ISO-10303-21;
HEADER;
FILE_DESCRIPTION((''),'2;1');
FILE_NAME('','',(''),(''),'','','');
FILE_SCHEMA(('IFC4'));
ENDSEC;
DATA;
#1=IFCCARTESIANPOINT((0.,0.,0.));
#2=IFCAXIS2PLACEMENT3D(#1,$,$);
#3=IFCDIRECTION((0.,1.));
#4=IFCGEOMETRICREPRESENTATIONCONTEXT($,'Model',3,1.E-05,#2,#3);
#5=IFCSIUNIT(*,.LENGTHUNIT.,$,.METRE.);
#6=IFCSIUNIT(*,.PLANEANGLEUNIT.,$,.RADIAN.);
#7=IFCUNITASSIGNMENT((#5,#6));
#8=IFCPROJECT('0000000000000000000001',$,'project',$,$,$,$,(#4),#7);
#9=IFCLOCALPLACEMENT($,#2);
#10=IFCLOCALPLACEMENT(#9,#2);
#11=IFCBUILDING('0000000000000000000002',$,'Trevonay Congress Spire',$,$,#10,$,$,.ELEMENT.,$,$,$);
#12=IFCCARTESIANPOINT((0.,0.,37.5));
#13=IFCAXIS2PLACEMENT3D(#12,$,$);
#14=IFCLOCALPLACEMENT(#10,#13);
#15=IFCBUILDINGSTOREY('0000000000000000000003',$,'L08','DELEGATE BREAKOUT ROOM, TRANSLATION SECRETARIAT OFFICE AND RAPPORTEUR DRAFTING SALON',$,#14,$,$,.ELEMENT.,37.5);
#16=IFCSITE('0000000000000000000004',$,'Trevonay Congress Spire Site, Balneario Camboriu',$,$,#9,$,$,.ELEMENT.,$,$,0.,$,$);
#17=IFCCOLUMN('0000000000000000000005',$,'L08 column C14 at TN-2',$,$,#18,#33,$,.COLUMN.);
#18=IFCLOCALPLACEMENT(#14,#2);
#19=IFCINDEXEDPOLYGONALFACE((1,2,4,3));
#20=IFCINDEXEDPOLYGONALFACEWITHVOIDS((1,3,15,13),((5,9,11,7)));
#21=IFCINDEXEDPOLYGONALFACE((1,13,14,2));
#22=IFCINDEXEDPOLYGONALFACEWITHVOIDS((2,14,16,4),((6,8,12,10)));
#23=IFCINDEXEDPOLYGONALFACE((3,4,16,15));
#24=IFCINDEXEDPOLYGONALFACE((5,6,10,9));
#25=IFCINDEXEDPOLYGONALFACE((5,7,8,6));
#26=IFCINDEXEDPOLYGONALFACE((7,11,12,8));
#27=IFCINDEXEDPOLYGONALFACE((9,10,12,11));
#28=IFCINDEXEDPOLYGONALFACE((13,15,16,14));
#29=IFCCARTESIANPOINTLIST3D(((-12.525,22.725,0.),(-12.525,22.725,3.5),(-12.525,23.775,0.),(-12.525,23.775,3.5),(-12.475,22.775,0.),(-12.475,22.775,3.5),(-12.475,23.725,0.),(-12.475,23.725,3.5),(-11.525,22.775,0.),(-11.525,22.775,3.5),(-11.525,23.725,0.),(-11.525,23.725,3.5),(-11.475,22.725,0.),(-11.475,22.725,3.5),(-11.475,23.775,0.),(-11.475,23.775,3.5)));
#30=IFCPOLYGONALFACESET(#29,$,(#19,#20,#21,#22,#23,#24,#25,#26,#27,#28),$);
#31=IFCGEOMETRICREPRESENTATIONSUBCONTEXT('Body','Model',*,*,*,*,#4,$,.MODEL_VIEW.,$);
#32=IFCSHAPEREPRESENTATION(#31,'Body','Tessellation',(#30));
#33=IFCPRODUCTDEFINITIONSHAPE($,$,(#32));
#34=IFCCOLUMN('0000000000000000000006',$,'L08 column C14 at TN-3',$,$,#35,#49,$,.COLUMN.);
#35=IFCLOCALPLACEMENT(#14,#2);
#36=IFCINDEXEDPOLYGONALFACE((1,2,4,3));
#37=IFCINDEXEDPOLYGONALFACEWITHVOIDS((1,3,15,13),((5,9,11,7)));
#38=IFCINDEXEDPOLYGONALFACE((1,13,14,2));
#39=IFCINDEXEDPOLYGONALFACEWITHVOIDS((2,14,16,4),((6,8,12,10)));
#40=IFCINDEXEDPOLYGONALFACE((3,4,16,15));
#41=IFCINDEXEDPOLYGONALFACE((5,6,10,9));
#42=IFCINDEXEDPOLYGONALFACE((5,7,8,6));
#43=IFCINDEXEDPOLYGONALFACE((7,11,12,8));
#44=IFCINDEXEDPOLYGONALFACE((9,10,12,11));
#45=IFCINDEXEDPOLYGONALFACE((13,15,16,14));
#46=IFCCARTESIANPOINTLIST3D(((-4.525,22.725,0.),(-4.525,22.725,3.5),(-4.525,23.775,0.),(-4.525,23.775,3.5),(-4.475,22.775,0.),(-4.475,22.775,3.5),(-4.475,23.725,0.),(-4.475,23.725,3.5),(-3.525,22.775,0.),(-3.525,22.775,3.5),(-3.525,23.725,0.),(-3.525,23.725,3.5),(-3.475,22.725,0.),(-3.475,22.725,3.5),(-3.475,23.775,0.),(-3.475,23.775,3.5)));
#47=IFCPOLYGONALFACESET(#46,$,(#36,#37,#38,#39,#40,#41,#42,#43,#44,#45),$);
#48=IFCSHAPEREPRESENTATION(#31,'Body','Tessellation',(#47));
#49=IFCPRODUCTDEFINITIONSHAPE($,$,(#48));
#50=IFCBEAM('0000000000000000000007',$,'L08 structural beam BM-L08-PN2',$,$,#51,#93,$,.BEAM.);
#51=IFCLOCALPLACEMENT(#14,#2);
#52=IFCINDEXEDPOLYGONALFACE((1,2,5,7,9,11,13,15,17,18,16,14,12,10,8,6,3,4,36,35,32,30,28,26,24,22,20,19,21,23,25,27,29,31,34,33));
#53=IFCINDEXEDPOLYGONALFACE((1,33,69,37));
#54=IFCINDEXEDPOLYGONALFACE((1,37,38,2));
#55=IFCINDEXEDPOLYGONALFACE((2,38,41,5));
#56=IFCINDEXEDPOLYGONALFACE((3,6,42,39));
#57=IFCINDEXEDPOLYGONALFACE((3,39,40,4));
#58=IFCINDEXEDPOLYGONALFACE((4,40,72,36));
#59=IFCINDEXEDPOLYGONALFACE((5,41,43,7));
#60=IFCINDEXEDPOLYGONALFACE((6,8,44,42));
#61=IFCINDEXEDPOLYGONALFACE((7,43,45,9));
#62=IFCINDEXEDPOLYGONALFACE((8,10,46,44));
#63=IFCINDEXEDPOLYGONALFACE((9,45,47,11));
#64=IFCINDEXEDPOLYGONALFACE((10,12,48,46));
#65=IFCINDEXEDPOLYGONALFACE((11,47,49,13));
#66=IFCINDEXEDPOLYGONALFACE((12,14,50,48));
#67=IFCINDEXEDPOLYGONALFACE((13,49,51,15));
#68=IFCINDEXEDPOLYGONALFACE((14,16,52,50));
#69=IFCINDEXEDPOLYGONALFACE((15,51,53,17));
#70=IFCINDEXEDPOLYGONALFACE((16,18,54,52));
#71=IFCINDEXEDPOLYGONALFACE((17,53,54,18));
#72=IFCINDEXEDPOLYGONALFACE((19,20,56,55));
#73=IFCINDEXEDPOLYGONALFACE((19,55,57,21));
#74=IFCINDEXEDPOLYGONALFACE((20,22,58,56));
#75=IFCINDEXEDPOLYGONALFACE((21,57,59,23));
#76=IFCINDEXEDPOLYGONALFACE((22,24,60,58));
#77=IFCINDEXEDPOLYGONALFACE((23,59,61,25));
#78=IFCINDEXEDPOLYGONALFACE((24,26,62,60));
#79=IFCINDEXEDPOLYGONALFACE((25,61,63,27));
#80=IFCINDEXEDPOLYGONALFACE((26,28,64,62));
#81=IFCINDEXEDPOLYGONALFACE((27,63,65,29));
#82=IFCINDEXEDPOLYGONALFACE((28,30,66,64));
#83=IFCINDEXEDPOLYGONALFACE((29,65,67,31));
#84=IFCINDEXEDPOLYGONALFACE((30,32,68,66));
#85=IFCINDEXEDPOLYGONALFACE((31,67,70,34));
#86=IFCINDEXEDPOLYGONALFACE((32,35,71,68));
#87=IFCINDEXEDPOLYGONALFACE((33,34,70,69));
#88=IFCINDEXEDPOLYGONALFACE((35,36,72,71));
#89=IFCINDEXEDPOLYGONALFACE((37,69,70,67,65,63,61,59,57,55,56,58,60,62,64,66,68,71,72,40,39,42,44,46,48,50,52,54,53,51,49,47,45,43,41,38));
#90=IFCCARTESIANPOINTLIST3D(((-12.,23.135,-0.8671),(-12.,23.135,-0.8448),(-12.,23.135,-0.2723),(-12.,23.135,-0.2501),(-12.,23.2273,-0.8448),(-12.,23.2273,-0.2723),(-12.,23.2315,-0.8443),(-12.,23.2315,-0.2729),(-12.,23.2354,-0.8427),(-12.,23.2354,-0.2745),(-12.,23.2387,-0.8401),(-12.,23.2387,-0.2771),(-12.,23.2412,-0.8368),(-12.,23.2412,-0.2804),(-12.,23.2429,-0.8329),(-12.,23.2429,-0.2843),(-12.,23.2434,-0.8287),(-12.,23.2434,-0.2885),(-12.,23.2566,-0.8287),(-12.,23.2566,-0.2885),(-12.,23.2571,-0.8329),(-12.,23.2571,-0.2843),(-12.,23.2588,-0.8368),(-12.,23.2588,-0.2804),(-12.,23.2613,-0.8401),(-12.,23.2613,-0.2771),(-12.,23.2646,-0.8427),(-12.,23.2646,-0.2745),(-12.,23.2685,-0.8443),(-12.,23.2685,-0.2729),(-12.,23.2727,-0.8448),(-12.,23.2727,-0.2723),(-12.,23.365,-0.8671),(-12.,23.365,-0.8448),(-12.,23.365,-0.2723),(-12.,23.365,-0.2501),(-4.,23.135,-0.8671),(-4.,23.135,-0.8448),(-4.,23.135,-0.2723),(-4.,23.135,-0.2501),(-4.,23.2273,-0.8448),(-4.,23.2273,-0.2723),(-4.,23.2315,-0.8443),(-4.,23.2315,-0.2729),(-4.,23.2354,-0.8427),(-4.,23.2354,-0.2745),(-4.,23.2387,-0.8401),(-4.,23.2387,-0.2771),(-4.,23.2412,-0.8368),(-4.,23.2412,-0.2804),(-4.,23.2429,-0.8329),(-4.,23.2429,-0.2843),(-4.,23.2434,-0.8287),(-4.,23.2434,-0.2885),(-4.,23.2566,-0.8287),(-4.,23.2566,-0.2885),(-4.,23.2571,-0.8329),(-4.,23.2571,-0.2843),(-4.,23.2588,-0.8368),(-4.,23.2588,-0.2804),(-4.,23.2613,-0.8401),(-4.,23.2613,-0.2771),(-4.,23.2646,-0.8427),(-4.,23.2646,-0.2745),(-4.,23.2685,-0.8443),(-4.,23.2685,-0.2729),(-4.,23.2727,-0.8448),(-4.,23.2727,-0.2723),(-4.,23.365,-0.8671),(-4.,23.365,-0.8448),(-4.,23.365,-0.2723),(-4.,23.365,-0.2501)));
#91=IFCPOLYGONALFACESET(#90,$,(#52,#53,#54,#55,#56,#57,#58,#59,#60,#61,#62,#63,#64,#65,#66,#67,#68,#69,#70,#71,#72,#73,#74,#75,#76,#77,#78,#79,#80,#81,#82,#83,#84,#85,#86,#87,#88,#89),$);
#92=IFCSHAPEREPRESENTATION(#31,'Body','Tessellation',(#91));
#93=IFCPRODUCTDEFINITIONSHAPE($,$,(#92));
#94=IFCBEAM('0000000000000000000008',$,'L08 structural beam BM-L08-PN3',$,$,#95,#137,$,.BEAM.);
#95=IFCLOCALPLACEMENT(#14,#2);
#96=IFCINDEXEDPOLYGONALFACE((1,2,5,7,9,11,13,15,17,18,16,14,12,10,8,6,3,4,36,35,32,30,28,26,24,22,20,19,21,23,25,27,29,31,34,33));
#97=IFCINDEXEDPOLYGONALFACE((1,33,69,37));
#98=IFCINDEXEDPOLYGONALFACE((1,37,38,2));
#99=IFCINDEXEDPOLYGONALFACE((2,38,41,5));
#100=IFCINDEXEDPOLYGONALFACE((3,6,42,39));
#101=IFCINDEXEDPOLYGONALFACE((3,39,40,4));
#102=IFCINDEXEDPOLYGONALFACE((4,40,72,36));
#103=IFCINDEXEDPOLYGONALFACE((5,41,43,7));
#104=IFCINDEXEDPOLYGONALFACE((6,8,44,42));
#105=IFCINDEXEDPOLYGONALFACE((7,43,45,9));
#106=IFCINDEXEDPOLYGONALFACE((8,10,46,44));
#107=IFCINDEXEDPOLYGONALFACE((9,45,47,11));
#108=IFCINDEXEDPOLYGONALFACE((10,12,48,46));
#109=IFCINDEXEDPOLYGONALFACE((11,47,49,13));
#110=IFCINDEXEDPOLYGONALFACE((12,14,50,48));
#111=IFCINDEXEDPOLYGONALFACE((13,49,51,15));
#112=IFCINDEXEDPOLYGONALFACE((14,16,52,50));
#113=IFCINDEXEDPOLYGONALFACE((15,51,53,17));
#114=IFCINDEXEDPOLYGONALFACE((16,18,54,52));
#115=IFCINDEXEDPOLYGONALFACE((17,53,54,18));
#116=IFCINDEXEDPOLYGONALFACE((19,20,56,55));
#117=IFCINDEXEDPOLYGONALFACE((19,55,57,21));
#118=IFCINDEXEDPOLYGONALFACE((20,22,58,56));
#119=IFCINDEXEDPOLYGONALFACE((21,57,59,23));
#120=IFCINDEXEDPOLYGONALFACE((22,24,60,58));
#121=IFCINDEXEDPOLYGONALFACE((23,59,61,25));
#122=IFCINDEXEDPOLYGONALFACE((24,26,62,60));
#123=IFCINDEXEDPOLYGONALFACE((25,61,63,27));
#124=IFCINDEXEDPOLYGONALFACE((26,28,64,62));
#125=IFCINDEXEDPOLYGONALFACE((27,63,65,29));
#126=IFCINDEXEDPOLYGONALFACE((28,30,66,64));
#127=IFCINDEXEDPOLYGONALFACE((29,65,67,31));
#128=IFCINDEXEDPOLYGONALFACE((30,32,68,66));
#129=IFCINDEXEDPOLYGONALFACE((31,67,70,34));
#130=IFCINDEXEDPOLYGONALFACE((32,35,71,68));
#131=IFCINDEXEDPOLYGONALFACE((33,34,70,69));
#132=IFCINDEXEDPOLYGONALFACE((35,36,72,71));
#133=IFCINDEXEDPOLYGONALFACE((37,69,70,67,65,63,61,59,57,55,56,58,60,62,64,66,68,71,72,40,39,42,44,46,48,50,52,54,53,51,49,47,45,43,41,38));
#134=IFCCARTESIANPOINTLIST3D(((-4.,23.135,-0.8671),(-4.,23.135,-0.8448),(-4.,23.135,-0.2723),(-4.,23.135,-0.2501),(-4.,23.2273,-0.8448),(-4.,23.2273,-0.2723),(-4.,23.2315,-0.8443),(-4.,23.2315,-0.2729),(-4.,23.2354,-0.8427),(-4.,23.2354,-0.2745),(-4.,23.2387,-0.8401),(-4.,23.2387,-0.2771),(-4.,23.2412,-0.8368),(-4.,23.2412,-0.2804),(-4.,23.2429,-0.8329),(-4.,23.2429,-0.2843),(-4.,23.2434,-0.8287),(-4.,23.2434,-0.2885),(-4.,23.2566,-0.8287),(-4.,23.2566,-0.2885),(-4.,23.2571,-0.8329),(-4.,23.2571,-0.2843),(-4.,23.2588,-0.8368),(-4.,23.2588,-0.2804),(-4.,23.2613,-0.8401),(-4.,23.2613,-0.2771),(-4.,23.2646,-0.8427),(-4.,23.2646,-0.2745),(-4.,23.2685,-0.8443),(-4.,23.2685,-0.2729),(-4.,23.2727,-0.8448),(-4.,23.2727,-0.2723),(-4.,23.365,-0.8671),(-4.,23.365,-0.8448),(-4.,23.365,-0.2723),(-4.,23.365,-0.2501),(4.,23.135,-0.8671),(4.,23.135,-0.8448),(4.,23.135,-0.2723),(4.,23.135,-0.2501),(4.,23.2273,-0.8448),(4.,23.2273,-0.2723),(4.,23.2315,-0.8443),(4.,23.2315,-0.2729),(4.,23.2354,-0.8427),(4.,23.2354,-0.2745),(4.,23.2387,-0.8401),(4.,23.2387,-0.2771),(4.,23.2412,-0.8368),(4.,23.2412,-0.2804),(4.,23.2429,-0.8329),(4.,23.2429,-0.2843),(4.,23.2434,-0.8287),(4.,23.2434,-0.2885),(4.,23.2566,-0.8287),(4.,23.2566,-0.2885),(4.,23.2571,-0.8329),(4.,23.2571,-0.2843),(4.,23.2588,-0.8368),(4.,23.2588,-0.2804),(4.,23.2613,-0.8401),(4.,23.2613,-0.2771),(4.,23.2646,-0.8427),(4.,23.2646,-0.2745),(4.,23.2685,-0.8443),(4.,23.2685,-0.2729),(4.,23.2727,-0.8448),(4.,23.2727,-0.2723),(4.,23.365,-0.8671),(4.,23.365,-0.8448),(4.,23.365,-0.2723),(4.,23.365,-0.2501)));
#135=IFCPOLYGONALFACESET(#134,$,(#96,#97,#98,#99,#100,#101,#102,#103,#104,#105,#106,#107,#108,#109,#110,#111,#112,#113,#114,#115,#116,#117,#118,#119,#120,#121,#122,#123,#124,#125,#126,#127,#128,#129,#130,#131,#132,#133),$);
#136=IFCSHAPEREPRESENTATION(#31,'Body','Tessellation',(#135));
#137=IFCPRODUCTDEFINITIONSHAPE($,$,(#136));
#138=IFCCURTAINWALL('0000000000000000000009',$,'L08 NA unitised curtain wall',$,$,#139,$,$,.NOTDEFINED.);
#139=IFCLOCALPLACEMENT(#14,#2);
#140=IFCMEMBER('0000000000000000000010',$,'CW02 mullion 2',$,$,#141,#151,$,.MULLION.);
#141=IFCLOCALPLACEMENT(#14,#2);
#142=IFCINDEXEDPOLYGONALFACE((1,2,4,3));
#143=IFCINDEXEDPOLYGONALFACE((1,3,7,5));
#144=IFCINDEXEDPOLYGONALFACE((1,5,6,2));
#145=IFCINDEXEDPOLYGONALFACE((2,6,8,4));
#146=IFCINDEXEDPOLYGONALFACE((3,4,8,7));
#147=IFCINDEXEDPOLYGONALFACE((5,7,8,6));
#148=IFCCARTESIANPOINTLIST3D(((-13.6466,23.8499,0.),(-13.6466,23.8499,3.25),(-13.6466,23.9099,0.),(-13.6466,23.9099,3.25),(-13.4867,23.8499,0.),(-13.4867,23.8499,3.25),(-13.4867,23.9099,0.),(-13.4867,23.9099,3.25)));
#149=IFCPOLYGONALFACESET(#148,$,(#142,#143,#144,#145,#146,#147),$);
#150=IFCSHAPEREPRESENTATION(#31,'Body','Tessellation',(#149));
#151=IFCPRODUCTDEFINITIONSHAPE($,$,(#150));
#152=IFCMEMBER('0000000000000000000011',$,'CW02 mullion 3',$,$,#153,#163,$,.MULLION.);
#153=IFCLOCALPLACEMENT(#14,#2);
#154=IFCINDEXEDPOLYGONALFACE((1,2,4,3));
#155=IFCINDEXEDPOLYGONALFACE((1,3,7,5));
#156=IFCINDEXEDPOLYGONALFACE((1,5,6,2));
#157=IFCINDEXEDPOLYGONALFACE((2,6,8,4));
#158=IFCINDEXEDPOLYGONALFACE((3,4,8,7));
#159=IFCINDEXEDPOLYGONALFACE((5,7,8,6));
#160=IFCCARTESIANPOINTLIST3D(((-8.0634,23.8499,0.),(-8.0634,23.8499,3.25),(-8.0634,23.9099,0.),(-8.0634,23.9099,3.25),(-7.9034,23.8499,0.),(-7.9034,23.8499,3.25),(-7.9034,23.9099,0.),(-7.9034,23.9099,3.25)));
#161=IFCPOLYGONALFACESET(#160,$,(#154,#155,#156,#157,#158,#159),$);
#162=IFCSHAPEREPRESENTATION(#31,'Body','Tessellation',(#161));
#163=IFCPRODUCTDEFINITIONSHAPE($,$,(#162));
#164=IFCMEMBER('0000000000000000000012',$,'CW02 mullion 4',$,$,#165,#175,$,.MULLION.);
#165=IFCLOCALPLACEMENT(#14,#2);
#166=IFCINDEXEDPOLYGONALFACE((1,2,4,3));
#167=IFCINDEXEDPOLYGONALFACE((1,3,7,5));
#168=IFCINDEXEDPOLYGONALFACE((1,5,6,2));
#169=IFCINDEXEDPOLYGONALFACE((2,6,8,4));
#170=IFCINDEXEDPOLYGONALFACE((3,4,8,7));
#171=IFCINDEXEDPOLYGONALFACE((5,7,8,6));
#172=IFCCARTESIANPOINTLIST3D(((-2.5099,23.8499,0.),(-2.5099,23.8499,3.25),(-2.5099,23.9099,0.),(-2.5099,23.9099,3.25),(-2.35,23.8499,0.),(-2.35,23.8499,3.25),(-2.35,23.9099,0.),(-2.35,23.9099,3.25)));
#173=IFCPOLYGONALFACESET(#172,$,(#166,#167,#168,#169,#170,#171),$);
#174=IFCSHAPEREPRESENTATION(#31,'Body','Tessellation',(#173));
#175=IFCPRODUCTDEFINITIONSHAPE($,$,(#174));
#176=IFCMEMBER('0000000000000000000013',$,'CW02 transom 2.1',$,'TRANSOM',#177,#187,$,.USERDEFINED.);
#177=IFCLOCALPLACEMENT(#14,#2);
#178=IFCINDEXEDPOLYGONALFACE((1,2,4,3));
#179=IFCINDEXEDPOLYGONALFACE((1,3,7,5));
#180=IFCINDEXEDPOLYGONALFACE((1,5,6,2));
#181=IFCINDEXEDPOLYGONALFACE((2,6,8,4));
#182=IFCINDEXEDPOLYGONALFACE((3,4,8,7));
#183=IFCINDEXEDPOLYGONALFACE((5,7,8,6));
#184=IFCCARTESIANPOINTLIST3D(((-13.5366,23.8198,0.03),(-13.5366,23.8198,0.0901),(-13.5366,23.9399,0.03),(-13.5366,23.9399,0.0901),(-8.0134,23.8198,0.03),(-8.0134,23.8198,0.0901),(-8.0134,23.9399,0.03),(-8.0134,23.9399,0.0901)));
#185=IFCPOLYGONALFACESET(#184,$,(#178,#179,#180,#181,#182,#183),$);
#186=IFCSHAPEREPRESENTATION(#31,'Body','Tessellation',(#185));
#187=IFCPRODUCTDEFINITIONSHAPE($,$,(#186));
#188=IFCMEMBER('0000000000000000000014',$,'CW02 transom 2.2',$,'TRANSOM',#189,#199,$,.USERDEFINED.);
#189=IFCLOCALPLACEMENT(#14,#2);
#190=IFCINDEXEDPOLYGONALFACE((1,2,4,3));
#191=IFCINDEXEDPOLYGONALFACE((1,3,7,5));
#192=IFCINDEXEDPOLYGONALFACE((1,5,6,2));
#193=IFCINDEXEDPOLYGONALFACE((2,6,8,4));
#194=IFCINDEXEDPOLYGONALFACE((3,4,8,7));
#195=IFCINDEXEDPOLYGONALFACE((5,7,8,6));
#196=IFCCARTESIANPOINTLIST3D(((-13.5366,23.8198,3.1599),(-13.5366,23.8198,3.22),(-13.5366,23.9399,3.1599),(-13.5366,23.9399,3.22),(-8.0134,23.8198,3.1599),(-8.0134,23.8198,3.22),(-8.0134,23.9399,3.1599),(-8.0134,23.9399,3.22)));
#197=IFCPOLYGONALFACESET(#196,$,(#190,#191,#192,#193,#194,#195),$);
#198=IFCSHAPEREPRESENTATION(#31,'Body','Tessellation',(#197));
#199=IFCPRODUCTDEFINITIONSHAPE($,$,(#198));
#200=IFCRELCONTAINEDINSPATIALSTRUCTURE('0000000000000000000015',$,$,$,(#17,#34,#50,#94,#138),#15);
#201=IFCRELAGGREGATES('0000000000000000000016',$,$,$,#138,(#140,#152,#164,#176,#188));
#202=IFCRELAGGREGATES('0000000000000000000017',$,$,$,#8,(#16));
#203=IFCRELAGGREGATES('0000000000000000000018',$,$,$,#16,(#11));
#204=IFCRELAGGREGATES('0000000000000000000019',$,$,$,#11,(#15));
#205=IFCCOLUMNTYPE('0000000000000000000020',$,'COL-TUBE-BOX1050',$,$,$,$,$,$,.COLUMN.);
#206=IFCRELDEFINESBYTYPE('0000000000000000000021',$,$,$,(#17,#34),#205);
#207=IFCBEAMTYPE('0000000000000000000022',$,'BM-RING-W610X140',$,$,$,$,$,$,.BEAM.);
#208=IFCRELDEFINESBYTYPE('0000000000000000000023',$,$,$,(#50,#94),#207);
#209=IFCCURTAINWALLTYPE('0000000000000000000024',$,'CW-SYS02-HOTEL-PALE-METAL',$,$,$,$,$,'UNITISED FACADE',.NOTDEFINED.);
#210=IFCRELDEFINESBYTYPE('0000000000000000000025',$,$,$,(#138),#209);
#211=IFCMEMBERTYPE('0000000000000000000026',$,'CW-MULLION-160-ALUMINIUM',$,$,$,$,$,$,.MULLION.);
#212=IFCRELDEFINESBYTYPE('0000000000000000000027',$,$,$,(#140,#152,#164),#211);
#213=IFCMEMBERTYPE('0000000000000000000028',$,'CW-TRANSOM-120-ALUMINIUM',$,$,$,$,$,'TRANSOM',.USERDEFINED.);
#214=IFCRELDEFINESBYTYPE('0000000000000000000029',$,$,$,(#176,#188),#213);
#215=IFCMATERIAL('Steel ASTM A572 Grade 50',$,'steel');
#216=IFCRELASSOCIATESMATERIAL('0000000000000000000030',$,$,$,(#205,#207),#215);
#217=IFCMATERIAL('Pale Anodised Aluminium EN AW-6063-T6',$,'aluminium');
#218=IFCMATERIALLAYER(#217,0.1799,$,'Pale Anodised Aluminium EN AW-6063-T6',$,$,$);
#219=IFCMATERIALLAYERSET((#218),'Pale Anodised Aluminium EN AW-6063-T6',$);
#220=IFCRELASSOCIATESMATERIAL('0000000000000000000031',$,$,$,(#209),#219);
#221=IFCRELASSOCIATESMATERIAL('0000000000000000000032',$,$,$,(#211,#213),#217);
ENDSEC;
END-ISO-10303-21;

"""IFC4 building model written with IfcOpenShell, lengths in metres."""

from ifc_helpers import new_model, si_unit, direction, frame, origin, origin_2d, place, context, subcontext, project, spatial, rectangle, hollow_rectangle, i_section, extrude, material, layer, layer_set, material_profile, profile_set, type_object, element, aggregate, save


model = new_model("IFC4")

# Units and contexts
model_context = context("Model", 3, precision=1e-05, world=origin(), true_north=direction((0.0, 1.0)))
body_context = subcontext(model_context, "Body", "Model", "MODEL_VIEW")
ifc_project = project(units=[si_unit("LENGTHUNIT", "METRE"), si_unit("PLANEANGLEUNIT", "RADIAN")], contexts=[model_context])

# Site, building, storey
site_placement = place(None, origin())
site = spatial("IfcSite", under=ifc_project, at=site_placement, Name="Trevonay Congress Spire Site, Balneario Camboriu", CompositionType="ELEMENT", RefElevation=0.0)
building_placement = place(site_placement, origin())
building = spatial("IfcBuilding", under=site, at=building_placement, Name="Trevonay Congress Spire", CompositionType="ELEMENT")
storey_placement = place(building_placement, frame((0.0, 0.0, 37.5)))
storey = spatial("IfcBuildingStorey", under=building, at=storey_placement, Name="L08", Description="DELEGATE BREAKOUT ROOM, TRANSLATION SECRETARIAT OFFICE AND RAPPORTEUR DRAFTING SALON", CompositionType="ELEMENT", Elevation=37.5)

# Columns
ifc_material_1 = material(Name="Steel ASTM A572 Grade 50", Category="steel")
ifc_material_profile_1 = material_profile(ifc_material_1, hollow_rectangle(XDim=1.05, YDim=1.05, WallThickness=0.05, at=origin_2d()), Name="BOX 1050x1050x50")
ifc_profile_set_1 = profile_set([ifc_material_profile_1], Name="Steel ASTM A572 Grade 50")
column_type = type_object("IfcColumnType", Name="COL-TUBE-BOX1050", PredefinedType="COLUMN", material=ifc_profile_set_1)
for number, where, z_axis, x_axis, name in (
    (1, (-12.0, 23.25, 0.0), (0.0, 0.0, 1.0), (1.0, 0.0, 0.0), "L08 column C14 at TN-2"),
    (2, (-4.0, 23.25, 0.0), (0.0, 0.0, 1.0), (1.0, 0.0, 0.0), "L08 column C14 at TN-3"),
):
    element("IfcColumn", number, at=place(storey_placement, frame(where, z_axis=z_axis, x_axis=x_axis)), inside=storey, type_object=column_type, Name=name, PredefinedType="COLUMN", context=body_context, shape_type="SweptSolid", body=[
        extrude(hollow_rectangle(XDim=1.05, YDim=1.05, WallThickness=0.05, at=origin_2d()), origin(), (0.0, 0.0, 1.0), 3.5),
    ])

# Beams
ifc_material_profile_2 = material_profile(ifc_material_1, i_section(OverallWidth=0.23, OverallDepth=0.6169, WebThickness=0.0132, FlangeThickness=0.0222, FilletRadius=0.0161, at=origin_2d()), Name="W610x140")
ifc_profile_set_2 = profile_set([ifc_material_profile_2], Name="Steel ASTM A572 Grade 50")
beam_type = type_object("IfcBeamType", Name="BM-RING-W610X140", PredefinedType="BEAM", material=ifc_profile_set_2)
for number, where, z_axis, x_axis, name in (
    (3, (-12.0, 23.25, -0.5586), (1.0, 0.0, 0.0), (0.0, 1.0, 0.0), "L08 structural beam BM-L08-PN2"),
    (4, (-4.0, 23.25, -0.5586), (1.0, 0.0, 0.0), (0.0, 1.0, 0.0), "L08 structural beam BM-L08-PN3"),
):
    element("IfcBeam", number, at=place(storey_placement, frame(where, z_axis=z_axis, x_axis=x_axis)), inside=storey, type_object=beam_type, Name=name, PredefinedType="BEAM", context=body_context, shape_type="SweptSolid", body=[
        extrude(i_section(OverallWidth=0.23, OverallDepth=0.6169, WebThickness=0.0132, FlangeThickness=0.0222, FilletRadius=0.0161, at=origin_2d()), origin(), (0.0, 0.0, 1.0), 8.0),
    ])

# Curtain wall, members
ifc_material_2 = material(Name="Pale Anodised Aluminium EN AW-6063-T6", Category="aluminium")
ifc_layer_1 = layer(ifc_material_2, 0.1799, Name="Pale Anodised Aluminium EN AW-6063-T6")
ifc_layer_set_1 = layer_set([ifc_layer_1], Name="Pale Anodised Aluminium EN AW-6063-T6")
curtain_wall_type = type_object("IfcCurtainWallType", Name="CW-SYS02-HOTEL-PALE-METAL", ElementType="UNITISED FACADE", PredefinedType="NOTDEFINED", material=ifc_layer_set_1)
curtain_wall_placement = place(storey_placement, origin())
curtain_wall = element("IfcCurtainWall", 5, at=curtain_wall_placement, inside=storey, type_object=curtain_wall_type, Name="L08 NA unitised curtain wall", PredefinedType="NOTDEFINED")
ifc_material_profile_3 = material_profile(ifc_material_2, rectangle(XDim=0.0601, YDim=0.1599, at=origin_2d()), Name="CW-MULLION-160-ALUMINIUM")
ifc_profile_set_3 = profile_set([ifc_material_profile_3], Name="Pale Anodised Aluminium EN AW-6063-T6")
member_type_1 = type_object("IfcMemberType", Name="CW-MULLION-160-ALUMINIUM", PredefinedType="MULLION", material=ifc_profile_set_3)
member_1_placement = place(storey_placement, frame((-13.5667, 23.8799, 0.0), z_axis=(0.0, 0.0, 1.0), x_axis=(0.0, 1.0, 0.0)))
member_1 = element("IfcMember", 6, at=member_1_placement, type_object=member_type_1, Name="CW02 mullion 2", PredefinedType="MULLION", context=body_context, shape_type="SweptSolid", body=[
    extrude(rectangle(XDim=0.0601, YDim=0.1599, at=origin_2d()), origin(), (0.0, 0.0, 1.0), 3.25),
])
member_2_placement = place(storey_placement, frame((-7.9834, 23.8799, 0.0), z_axis=(0.0, 0.0, 1.0), x_axis=(0.0, 1.0, 0.0)))
member_2 = element("IfcMember", 7, at=member_2_placement, type_object=member_type_1, Name="CW02 mullion 3", PredefinedType="MULLION", context=body_context, shape_type="SweptSolid", body=[
    extrude(rectangle(XDim=0.0601, YDim=0.1599, at=origin_2d()), origin(), (0.0, 0.0, 1.0), 3.25),
])
member_3_placement = place(storey_placement, frame((-2.4299, 23.8799, 0.0), z_axis=(0.0, 0.0, 1.0), x_axis=(0.0, 1.0, 0.0)))
member_3 = element("IfcMember", 8, at=member_3_placement, type_object=member_type_1, Name="CW02 mullion 4", PredefinedType="MULLION", context=body_context, shape_type="SweptSolid", body=[
    extrude(rectangle(XDim=0.0601, YDim=0.1599, at=origin_2d()), origin(), (0.0, 0.0, 1.0), 3.25),
])
ifc_material_profile_4 = material_profile(ifc_material_2, rectangle(XDim=0.1201, YDim=0.0601, at=origin_2d()), Name="CW-TRANSOM-120-ALUMINIUM")
ifc_profile_set_4 = profile_set([ifc_material_profile_4], Name="Pale Anodised Aluminium EN AW-6063-T6")
member_type_2 = type_object("IfcMemberType", Name="CW-TRANSOM-120-ALUMINIUM", ElementType="TRANSOM", PredefinedType="USERDEFINED", material=ifc_profile_set_4)
member_4_placement = place(storey_placement, frame((-13.5366, 23.8799, 0.0601), z_axis=(1.0, 0.0, 0.0), x_axis=(0.0, 1.0, 0.0)))
member_4 = element("IfcMember", 9, at=member_4_placement, type_object=member_type_2, Name="CW02 transom 2.1", ObjectType="TRANSOM", PredefinedType="USERDEFINED", context=body_context, shape_type="SweptSolid", body=[
    extrude(rectangle(XDim=0.1201, YDim=0.0601, at=origin_2d()), origin(), (0.0, 0.0, 1.0), 5.5232),
])
member_5_placement = place(storey_placement, frame((-13.5366, 23.8799, 3.1899), z_axis=(1.0, 0.0, 0.0), x_axis=(0.0, 1.0, 0.0)))
member_5 = element("IfcMember", 10, at=member_5_placement, type_object=member_type_2, Name="CW02 transom 2.2", ObjectType="TRANSOM", PredefinedType="USERDEFINED", context=body_context, shape_type="SweptSolid", body=[
    extrude(rectangle(XDim=0.1201, YDim=0.0601, at=origin_2d()), origin(), (0.0, 0.0, 1.0), 5.5232),
])
aggregate(curtain_wall, [member_1, member_2, member_3, member_4, member_5])

save(model, "model.ifc")
